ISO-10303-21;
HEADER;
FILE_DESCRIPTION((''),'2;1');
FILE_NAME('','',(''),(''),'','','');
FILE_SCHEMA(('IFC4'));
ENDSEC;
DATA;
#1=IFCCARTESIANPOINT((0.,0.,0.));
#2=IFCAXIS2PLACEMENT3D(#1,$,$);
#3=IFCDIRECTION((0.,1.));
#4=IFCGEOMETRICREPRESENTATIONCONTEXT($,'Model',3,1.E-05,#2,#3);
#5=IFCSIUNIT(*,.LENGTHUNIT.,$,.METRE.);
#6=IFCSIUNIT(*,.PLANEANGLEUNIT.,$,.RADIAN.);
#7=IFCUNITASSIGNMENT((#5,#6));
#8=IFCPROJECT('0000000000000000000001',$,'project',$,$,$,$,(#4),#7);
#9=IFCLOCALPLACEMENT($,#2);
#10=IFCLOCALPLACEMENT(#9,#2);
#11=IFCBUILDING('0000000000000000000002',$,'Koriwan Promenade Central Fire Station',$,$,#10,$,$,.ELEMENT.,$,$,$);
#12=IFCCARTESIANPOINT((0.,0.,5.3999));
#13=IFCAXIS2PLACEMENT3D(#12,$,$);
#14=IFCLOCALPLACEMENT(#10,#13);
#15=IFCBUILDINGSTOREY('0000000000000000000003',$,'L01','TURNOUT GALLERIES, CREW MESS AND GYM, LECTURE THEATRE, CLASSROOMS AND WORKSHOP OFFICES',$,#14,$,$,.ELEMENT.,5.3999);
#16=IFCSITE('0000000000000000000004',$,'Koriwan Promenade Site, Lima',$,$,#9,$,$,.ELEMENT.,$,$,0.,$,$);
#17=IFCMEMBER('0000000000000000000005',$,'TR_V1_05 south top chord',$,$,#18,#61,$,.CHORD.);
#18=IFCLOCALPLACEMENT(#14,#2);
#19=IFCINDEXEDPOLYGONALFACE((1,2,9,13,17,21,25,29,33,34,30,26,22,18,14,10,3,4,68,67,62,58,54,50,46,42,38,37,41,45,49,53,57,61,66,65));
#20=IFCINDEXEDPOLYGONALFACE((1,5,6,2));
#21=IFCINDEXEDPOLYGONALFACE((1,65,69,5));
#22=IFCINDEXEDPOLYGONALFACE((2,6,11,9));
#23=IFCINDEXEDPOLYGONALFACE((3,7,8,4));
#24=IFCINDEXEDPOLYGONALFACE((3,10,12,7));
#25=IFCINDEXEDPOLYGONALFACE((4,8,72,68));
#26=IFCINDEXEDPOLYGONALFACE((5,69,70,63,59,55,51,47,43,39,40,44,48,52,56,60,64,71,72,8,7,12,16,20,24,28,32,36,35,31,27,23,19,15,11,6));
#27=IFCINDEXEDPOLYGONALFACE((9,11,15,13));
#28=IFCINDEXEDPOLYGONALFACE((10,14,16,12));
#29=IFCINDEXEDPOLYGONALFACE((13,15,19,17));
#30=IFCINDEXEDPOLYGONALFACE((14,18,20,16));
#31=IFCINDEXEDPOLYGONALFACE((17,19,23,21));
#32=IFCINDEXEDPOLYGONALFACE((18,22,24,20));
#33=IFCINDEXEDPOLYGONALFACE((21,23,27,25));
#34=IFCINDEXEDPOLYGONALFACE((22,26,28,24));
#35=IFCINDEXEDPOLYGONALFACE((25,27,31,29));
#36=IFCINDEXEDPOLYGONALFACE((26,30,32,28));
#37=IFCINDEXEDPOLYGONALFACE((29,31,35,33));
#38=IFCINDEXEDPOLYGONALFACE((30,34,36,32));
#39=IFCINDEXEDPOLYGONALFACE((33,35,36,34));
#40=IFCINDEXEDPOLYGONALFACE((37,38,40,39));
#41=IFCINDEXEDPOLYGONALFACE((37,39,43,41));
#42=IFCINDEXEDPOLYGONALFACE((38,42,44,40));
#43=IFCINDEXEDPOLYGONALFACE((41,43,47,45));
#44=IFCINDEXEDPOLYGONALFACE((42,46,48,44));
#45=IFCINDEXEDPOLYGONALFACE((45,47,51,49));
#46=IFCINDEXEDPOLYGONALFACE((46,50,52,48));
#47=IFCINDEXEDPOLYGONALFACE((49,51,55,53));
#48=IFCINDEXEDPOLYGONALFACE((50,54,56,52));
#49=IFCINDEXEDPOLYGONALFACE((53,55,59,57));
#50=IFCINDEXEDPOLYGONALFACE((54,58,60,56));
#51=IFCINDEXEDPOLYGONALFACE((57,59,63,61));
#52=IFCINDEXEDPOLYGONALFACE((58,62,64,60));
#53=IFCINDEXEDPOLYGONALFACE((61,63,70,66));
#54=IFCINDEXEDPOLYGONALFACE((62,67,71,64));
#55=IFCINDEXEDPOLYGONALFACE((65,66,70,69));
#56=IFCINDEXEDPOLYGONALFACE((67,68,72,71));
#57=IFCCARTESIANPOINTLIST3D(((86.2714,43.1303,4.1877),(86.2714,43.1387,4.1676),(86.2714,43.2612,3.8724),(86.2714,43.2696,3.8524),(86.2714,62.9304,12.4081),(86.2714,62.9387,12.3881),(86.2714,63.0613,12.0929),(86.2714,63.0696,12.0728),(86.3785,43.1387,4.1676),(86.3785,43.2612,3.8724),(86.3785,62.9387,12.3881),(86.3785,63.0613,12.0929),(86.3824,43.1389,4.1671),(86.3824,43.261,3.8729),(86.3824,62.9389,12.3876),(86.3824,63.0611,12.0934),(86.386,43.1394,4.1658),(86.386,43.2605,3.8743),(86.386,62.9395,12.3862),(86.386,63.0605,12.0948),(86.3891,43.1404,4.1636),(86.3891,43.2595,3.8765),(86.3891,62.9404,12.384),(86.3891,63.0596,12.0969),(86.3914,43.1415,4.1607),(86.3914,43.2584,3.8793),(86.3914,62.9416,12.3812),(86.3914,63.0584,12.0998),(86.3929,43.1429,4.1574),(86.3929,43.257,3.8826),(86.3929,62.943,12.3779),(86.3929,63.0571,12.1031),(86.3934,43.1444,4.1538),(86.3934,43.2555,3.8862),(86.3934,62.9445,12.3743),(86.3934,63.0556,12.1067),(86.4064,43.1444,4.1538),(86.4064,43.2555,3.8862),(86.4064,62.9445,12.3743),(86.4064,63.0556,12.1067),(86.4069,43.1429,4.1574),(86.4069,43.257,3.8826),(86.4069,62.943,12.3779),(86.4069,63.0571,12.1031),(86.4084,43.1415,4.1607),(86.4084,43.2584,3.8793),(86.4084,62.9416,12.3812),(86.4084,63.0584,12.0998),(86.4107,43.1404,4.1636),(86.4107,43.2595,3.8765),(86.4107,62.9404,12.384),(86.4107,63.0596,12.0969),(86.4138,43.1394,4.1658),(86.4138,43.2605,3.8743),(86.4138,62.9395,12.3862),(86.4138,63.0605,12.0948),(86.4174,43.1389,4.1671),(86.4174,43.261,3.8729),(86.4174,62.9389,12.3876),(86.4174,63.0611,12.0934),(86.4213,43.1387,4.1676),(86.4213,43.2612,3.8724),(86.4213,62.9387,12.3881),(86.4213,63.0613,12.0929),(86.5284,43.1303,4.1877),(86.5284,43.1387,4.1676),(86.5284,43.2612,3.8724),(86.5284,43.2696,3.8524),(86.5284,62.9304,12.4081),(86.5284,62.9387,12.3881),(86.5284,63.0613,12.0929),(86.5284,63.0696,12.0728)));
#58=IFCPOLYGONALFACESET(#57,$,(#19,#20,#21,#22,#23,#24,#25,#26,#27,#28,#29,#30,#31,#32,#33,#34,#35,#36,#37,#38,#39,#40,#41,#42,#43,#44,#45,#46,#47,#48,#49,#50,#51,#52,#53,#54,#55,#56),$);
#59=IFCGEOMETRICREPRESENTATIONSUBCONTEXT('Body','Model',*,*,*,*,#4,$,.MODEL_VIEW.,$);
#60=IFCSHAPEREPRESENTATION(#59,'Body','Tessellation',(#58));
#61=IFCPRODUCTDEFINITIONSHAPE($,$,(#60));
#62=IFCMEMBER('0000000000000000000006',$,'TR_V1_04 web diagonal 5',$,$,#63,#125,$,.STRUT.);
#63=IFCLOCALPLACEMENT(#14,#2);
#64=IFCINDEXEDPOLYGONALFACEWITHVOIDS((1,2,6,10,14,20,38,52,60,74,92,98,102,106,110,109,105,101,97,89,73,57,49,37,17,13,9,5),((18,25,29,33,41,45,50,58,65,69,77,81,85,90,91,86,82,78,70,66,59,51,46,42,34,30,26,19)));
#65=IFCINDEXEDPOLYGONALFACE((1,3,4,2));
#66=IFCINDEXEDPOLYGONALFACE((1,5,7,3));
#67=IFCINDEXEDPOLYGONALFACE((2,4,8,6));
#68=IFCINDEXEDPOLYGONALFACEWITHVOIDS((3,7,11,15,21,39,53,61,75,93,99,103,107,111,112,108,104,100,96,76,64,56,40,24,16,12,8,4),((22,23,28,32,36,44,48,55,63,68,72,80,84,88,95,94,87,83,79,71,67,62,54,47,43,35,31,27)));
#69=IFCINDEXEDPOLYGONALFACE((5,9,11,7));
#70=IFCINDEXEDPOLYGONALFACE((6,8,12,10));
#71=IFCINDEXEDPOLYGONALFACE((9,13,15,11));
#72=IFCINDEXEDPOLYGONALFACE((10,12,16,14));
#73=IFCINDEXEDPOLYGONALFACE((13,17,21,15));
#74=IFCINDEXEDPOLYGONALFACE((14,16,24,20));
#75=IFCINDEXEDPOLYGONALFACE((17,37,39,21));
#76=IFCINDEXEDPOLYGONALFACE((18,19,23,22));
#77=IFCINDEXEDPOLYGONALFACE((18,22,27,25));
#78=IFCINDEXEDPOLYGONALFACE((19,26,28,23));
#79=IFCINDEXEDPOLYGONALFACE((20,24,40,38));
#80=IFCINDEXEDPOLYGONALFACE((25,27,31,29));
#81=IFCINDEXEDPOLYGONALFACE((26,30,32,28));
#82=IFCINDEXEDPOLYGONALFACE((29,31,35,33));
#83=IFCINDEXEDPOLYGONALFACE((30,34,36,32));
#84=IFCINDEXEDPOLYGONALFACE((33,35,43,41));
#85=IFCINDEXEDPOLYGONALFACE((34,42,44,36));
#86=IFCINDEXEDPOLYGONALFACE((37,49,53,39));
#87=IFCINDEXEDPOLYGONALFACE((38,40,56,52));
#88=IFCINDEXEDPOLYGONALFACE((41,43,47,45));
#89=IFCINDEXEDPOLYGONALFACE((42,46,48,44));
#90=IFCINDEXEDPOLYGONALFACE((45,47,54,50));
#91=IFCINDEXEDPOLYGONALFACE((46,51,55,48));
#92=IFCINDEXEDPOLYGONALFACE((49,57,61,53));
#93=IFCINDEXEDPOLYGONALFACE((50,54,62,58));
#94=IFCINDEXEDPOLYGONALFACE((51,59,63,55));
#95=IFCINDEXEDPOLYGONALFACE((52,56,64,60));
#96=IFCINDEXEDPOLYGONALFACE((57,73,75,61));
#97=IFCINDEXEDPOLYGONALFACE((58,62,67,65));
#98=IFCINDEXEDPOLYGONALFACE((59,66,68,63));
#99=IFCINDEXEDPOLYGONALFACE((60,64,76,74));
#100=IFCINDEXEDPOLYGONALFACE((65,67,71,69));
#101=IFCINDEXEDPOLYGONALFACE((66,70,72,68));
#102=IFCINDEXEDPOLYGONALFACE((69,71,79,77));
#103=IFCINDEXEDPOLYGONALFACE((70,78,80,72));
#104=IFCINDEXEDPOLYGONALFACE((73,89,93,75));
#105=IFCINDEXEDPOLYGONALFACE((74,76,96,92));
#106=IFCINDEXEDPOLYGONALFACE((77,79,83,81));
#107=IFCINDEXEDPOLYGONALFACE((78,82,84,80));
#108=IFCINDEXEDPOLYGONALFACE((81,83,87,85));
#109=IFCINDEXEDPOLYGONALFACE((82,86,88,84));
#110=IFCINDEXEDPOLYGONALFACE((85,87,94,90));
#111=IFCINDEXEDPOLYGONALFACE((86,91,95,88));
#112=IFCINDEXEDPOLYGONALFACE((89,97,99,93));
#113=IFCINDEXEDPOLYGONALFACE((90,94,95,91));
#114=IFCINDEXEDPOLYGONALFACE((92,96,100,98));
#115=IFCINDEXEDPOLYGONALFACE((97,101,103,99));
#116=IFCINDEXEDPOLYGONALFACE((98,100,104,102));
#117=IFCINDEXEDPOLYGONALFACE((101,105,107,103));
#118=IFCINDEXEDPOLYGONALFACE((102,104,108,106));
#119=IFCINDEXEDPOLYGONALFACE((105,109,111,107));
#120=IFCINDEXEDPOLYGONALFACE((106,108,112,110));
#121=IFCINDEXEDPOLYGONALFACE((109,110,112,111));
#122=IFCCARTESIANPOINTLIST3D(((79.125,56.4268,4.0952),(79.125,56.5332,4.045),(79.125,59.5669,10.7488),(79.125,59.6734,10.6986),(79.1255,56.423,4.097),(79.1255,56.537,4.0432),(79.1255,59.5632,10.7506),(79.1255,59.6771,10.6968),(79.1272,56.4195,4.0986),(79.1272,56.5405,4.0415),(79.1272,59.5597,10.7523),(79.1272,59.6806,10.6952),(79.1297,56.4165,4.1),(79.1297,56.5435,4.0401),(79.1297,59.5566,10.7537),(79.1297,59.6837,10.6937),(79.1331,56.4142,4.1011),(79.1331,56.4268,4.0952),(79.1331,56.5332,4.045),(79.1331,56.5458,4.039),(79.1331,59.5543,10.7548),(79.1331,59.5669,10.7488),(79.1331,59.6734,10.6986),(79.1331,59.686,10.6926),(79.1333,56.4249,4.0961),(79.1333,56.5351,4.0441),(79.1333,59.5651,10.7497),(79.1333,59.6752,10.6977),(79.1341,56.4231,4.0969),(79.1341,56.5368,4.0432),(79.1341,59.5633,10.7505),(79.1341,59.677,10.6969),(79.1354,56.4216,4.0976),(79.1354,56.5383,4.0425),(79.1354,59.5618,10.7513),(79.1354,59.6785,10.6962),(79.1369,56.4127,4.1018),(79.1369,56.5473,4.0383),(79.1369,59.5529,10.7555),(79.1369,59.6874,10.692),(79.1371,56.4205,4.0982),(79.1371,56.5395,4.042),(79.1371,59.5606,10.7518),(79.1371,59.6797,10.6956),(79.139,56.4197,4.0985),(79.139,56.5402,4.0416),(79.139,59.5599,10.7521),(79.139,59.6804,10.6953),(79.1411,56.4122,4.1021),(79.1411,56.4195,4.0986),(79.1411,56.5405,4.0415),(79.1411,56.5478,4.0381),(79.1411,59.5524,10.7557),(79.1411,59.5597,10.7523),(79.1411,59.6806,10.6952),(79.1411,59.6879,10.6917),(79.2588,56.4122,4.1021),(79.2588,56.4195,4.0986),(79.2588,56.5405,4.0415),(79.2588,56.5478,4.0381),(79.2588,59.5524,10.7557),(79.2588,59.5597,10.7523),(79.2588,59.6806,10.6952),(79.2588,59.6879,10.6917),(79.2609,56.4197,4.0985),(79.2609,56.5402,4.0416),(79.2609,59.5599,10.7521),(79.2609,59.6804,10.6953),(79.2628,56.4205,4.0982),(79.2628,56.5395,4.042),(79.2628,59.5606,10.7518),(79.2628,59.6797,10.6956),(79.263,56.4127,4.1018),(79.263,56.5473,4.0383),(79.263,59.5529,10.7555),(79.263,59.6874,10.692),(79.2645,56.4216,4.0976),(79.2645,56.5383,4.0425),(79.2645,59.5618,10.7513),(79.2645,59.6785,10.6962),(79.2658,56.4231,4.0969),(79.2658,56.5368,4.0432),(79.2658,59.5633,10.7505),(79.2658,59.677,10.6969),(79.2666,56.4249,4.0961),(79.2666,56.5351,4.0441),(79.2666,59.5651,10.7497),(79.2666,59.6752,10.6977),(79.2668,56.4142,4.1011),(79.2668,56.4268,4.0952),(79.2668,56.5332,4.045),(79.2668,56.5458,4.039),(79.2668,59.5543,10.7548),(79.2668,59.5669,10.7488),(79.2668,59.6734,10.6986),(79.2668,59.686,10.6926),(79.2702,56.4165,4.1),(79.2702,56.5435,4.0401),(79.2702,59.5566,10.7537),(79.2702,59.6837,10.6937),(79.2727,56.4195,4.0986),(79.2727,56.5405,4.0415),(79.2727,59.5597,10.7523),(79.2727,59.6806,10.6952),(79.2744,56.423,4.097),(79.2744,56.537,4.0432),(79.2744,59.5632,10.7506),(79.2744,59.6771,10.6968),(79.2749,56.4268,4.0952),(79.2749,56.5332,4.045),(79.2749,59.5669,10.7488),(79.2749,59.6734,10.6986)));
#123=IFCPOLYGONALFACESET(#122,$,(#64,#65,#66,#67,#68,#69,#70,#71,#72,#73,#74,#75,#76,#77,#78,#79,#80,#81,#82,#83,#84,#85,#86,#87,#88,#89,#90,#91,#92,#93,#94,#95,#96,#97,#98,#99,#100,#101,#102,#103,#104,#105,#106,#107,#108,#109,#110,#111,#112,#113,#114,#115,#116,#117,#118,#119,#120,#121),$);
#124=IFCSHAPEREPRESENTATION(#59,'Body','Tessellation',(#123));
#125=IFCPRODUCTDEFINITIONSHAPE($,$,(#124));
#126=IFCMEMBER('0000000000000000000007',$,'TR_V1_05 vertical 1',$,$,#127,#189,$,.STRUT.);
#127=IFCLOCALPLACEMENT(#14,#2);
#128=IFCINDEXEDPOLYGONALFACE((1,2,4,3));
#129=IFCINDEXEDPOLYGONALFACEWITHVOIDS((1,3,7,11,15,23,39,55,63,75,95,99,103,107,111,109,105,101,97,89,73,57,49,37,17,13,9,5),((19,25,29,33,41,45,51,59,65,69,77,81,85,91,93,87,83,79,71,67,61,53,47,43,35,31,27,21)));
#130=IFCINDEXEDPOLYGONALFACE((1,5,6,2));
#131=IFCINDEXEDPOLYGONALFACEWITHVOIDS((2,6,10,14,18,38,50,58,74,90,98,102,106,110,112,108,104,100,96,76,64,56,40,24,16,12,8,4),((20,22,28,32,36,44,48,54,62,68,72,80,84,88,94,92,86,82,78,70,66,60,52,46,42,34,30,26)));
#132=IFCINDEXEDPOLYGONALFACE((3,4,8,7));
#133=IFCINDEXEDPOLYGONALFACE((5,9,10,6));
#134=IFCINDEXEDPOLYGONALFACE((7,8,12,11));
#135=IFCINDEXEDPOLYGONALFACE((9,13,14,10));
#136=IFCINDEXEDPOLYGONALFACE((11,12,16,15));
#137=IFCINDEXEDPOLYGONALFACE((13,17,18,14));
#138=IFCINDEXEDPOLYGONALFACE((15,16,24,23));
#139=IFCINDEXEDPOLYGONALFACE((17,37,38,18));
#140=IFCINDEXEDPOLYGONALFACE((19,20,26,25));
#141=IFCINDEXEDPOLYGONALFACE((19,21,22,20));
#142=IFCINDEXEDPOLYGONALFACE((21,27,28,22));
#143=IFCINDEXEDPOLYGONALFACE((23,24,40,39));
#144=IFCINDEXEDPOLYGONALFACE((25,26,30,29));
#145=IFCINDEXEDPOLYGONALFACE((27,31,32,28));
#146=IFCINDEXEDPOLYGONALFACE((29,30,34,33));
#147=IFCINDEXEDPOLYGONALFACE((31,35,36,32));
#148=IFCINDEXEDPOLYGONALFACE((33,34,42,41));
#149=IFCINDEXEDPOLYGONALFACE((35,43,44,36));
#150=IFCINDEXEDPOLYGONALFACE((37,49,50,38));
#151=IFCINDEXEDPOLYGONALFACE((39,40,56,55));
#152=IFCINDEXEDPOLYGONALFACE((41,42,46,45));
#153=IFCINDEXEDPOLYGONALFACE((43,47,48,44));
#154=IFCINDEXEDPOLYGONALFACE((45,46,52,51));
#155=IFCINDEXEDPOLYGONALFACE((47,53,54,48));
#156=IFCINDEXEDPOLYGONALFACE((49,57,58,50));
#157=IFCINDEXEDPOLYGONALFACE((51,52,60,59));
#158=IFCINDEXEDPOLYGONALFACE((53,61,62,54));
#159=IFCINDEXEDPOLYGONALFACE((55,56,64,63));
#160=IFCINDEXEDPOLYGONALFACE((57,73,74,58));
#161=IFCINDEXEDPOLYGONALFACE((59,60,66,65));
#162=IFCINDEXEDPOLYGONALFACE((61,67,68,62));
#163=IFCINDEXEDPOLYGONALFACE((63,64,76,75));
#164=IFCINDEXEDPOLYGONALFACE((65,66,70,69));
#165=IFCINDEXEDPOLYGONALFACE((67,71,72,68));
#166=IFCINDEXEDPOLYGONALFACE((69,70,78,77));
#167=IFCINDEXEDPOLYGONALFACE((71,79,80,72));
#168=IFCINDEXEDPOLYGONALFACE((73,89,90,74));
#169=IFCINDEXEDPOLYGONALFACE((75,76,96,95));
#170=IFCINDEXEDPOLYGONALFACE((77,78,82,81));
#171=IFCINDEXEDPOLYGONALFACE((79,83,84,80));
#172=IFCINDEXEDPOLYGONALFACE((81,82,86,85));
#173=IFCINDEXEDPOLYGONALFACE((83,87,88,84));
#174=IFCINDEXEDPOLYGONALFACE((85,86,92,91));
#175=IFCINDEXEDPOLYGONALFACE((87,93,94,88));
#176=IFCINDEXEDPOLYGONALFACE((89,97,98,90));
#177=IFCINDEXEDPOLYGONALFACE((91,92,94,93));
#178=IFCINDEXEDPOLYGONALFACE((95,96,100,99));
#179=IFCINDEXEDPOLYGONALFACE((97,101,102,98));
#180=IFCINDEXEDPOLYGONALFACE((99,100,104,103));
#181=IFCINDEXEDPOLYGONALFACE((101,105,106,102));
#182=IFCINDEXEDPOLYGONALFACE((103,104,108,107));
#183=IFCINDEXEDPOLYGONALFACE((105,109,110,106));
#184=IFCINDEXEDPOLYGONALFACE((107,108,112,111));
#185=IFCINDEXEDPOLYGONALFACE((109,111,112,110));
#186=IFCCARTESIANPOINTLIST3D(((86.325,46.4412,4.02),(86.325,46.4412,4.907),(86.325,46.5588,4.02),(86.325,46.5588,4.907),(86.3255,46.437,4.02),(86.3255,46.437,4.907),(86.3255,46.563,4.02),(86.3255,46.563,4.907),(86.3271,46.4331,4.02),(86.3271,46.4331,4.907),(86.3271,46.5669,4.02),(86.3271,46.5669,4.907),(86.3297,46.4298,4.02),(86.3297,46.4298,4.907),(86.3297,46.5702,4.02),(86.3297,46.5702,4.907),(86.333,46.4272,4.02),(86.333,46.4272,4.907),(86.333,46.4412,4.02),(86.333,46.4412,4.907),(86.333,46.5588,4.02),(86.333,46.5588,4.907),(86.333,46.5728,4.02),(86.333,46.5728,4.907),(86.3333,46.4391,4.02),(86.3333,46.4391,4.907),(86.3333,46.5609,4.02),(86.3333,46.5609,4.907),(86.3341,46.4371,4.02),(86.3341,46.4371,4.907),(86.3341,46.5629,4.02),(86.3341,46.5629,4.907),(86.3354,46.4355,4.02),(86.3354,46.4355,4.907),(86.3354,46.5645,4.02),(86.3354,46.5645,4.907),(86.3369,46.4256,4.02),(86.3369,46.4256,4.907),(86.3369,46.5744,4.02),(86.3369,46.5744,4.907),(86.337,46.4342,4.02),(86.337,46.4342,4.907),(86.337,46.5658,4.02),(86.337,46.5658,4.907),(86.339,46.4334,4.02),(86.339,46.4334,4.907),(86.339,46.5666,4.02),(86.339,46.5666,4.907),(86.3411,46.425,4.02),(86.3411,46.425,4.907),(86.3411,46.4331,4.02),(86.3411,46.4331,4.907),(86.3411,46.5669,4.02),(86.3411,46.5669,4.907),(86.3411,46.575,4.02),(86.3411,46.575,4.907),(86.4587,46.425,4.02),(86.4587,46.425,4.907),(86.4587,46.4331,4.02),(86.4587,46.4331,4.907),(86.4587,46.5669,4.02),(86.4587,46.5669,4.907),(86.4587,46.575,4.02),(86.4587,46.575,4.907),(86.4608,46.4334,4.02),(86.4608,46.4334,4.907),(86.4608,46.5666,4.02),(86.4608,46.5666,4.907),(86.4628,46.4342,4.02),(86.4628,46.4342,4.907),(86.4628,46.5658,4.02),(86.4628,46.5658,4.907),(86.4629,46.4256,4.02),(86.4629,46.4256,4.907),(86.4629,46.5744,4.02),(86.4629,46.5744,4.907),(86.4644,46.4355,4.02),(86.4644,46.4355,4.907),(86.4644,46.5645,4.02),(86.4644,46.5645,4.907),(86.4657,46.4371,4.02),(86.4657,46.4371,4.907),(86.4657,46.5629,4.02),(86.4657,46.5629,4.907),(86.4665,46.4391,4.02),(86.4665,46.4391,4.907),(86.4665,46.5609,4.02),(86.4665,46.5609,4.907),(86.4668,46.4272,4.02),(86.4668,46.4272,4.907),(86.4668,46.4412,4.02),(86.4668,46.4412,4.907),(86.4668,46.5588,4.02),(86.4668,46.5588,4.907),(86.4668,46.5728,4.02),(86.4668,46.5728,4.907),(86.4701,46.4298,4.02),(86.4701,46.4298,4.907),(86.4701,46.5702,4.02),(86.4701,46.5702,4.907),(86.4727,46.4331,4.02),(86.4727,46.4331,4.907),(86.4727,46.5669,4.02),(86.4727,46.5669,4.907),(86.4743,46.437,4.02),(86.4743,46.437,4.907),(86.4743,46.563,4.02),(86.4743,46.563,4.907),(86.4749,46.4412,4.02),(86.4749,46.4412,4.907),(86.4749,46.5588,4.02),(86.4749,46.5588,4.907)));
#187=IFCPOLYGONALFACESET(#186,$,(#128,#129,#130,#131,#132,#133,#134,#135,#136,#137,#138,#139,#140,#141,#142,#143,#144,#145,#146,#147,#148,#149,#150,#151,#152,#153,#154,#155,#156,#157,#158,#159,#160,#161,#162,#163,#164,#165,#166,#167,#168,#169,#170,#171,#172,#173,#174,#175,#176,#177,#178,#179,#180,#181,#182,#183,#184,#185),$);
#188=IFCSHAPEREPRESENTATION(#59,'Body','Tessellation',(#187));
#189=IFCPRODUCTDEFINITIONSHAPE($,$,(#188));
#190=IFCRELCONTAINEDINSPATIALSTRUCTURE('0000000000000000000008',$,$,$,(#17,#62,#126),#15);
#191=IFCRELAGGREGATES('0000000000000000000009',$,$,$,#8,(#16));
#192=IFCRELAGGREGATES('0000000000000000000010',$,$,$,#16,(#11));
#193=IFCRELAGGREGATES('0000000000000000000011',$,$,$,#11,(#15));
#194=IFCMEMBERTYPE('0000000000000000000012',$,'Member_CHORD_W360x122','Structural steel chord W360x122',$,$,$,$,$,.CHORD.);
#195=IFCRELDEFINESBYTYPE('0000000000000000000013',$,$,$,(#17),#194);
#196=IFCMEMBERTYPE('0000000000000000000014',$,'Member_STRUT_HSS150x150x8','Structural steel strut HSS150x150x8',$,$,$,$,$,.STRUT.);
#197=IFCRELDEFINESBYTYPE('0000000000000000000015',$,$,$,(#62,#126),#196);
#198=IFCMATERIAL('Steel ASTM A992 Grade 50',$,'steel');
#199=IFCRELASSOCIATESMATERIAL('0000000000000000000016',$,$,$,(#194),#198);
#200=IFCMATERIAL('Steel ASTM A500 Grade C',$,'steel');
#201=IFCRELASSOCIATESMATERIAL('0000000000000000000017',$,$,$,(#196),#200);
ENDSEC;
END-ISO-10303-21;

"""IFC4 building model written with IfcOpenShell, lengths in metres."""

from ifc_helpers import new_model, si_unit, direction, frame, origin, origin_2d, place, context, subcontext, project, spatial, hollow_rectangle, i_section, extrude, material, material_profile, profile_set, type_object, element, save


model = new_model("IFC4")

# Units and contexts
model_context = context("Model", 3, precision=1e-05, world=origin(), true_north=direction((0.0, 1.0)))
body_context = subcontext(model_context, "Body", "Model", "MODEL_VIEW")
ifc_project = project(units=[si_unit("LENGTHUNIT", "METRE"), si_unit("PLANEANGLEUNIT", "RADIAN")], contexts=[model_context])

# Site, building, storey
site_placement = place(None, origin())
site = spatial("IfcSite", under=ifc_project, at=site_placement, Name="Koriwan Promenade Site, Lima", CompositionType="ELEMENT", RefElevation=0.0)
building_placement = place(site_placement, origin())
building = spatial("IfcBuilding", under=site, at=building_placement, Name="Koriwan Promenade Central Fire Station", CompositionType="ELEMENT")
storey_placement = place(building_placement, frame((0.0, 0.0, 5.3999)))
storey = spatial("IfcBuildingStorey", under=building, at=storey_placement, Name="L01", Description="TURNOUT GALLERIES, CREW MESS AND GYM, LECTURE THEATRE, CLASSROOMS AND WORKSHOP OFFICES", CompositionType="ELEMENT", Elevation=5.3999)

# Members
ifc_material_1 = material(Name="Steel ASTM A500 Grade C", Category="steel")
ifc_material_2 = material(Name="Steel ASTM A992 Grade 50", Category="steel")
ifc_material_profile_1 = material_profile(ifc_material_2, i_section(OverallWidth=0.2571, OverallDepth=0.363, WebThickness=0.0129, FlangeThickness=0.0217, FilletRadius=0.0149, at=origin_2d()), Name="W360x122")
ifc_profile_set_1 = profile_set([ifc_material_profile_1], Name="Steel ASTM A992 Grade 50")
member_type_1 = type_object("IfcMemberType", Name="Member_CHORD_W360x122", Description="Structural steel chord W360x122", PredefinedType="CHORD", material=ifc_profile_set_1)
member_1_placement = place(storey_placement, frame((86.3999, 43.2, 4.02), z_axis=(0.0, 0.923566, 0.38344), x_axis=(-1.0, 0.0, 0.0)))
element("IfcMember", 1, at=member_1_placement, inside=storey, type_object=member_type_1, Name="TR_V1_05 south top chord", PredefinedType="CHORD", context=body_context, shape_type="SweptSolid", body=[
    extrude(i_section(OverallWidth=0.2571, OverallDepth=0.363, WebThickness=0.0129, FlangeThickness=0.0217, FilletRadius=0.0149, at=origin_2d()), origin(), (0.0, 0.0, 1.0), 21.4387),
])
ifc_material_profile_2 = material_profile(ifc_material_1, hollow_rectangle(XDim=0.1499, YDim=0.1499, WallThickness=0.0081, InnerFilletRadius=0.0081, OuterFilletRadius=0.0161, at=origin_2d()), Name="HSS150x150x8")
ifc_profile_set_2 = profile_set([ifc_material_profile_2], Name="Steel ASTM A500 Grade C")
member_type_2 = type_object("IfcMemberType", Name="Member_STRUT_HSS150x150x8", Description="Structural steel strut HSS150x150x8", PredefinedType="STRUT", material=ifc_profile_set_2)
member_2_placement = place(storey_placement, frame((79.2, 56.48, 4.0701), z_axis=(0.0, 0.426804, 0.904344), x_axis=(-1.0, 0.0, 0.0)))
element("IfcMember", 2, at=member_2_placement, inside=storey, type_object=member_type_2, Name="TR_V1_04 web diagonal 5", PredefinedType="STRUT", context=body_context, shape_type="SweptSolid", body=[
    extrude(hollow_rectangle(XDim=0.1499, YDim=0.1499, WallThickness=0.0081, InnerFilletRadius=0.0081, OuterFilletRadius=0.0161, at=origin_2d()), origin(), (0.0, 0.0, 1.0), 7.3574),
])
member_3_placement = place(storey_placement, frame((86.3999, 46.5, 4.02), z_axis=(0.0, 0.0, 1.0), x_axis=(1.0, 0.0, 0.0)))
element("IfcMember", 3, at=member_3_placement, inside=storey, type_object=member_type_2, Name="TR_V1_05 vertical 1", PredefinedType="STRUT", context=body_context, shape_type="SweptSolid", body=[
    extrude(hollow_rectangle(XDim=0.1499, YDim=0.1499, WallThickness=0.0081, InnerFilletRadius=0.0081, OuterFilletRadius=0.0161, at=origin_2d()), origin(), (0.0, 0.0, 1.0), 0.887),
])

save(model, "model.ifc")
